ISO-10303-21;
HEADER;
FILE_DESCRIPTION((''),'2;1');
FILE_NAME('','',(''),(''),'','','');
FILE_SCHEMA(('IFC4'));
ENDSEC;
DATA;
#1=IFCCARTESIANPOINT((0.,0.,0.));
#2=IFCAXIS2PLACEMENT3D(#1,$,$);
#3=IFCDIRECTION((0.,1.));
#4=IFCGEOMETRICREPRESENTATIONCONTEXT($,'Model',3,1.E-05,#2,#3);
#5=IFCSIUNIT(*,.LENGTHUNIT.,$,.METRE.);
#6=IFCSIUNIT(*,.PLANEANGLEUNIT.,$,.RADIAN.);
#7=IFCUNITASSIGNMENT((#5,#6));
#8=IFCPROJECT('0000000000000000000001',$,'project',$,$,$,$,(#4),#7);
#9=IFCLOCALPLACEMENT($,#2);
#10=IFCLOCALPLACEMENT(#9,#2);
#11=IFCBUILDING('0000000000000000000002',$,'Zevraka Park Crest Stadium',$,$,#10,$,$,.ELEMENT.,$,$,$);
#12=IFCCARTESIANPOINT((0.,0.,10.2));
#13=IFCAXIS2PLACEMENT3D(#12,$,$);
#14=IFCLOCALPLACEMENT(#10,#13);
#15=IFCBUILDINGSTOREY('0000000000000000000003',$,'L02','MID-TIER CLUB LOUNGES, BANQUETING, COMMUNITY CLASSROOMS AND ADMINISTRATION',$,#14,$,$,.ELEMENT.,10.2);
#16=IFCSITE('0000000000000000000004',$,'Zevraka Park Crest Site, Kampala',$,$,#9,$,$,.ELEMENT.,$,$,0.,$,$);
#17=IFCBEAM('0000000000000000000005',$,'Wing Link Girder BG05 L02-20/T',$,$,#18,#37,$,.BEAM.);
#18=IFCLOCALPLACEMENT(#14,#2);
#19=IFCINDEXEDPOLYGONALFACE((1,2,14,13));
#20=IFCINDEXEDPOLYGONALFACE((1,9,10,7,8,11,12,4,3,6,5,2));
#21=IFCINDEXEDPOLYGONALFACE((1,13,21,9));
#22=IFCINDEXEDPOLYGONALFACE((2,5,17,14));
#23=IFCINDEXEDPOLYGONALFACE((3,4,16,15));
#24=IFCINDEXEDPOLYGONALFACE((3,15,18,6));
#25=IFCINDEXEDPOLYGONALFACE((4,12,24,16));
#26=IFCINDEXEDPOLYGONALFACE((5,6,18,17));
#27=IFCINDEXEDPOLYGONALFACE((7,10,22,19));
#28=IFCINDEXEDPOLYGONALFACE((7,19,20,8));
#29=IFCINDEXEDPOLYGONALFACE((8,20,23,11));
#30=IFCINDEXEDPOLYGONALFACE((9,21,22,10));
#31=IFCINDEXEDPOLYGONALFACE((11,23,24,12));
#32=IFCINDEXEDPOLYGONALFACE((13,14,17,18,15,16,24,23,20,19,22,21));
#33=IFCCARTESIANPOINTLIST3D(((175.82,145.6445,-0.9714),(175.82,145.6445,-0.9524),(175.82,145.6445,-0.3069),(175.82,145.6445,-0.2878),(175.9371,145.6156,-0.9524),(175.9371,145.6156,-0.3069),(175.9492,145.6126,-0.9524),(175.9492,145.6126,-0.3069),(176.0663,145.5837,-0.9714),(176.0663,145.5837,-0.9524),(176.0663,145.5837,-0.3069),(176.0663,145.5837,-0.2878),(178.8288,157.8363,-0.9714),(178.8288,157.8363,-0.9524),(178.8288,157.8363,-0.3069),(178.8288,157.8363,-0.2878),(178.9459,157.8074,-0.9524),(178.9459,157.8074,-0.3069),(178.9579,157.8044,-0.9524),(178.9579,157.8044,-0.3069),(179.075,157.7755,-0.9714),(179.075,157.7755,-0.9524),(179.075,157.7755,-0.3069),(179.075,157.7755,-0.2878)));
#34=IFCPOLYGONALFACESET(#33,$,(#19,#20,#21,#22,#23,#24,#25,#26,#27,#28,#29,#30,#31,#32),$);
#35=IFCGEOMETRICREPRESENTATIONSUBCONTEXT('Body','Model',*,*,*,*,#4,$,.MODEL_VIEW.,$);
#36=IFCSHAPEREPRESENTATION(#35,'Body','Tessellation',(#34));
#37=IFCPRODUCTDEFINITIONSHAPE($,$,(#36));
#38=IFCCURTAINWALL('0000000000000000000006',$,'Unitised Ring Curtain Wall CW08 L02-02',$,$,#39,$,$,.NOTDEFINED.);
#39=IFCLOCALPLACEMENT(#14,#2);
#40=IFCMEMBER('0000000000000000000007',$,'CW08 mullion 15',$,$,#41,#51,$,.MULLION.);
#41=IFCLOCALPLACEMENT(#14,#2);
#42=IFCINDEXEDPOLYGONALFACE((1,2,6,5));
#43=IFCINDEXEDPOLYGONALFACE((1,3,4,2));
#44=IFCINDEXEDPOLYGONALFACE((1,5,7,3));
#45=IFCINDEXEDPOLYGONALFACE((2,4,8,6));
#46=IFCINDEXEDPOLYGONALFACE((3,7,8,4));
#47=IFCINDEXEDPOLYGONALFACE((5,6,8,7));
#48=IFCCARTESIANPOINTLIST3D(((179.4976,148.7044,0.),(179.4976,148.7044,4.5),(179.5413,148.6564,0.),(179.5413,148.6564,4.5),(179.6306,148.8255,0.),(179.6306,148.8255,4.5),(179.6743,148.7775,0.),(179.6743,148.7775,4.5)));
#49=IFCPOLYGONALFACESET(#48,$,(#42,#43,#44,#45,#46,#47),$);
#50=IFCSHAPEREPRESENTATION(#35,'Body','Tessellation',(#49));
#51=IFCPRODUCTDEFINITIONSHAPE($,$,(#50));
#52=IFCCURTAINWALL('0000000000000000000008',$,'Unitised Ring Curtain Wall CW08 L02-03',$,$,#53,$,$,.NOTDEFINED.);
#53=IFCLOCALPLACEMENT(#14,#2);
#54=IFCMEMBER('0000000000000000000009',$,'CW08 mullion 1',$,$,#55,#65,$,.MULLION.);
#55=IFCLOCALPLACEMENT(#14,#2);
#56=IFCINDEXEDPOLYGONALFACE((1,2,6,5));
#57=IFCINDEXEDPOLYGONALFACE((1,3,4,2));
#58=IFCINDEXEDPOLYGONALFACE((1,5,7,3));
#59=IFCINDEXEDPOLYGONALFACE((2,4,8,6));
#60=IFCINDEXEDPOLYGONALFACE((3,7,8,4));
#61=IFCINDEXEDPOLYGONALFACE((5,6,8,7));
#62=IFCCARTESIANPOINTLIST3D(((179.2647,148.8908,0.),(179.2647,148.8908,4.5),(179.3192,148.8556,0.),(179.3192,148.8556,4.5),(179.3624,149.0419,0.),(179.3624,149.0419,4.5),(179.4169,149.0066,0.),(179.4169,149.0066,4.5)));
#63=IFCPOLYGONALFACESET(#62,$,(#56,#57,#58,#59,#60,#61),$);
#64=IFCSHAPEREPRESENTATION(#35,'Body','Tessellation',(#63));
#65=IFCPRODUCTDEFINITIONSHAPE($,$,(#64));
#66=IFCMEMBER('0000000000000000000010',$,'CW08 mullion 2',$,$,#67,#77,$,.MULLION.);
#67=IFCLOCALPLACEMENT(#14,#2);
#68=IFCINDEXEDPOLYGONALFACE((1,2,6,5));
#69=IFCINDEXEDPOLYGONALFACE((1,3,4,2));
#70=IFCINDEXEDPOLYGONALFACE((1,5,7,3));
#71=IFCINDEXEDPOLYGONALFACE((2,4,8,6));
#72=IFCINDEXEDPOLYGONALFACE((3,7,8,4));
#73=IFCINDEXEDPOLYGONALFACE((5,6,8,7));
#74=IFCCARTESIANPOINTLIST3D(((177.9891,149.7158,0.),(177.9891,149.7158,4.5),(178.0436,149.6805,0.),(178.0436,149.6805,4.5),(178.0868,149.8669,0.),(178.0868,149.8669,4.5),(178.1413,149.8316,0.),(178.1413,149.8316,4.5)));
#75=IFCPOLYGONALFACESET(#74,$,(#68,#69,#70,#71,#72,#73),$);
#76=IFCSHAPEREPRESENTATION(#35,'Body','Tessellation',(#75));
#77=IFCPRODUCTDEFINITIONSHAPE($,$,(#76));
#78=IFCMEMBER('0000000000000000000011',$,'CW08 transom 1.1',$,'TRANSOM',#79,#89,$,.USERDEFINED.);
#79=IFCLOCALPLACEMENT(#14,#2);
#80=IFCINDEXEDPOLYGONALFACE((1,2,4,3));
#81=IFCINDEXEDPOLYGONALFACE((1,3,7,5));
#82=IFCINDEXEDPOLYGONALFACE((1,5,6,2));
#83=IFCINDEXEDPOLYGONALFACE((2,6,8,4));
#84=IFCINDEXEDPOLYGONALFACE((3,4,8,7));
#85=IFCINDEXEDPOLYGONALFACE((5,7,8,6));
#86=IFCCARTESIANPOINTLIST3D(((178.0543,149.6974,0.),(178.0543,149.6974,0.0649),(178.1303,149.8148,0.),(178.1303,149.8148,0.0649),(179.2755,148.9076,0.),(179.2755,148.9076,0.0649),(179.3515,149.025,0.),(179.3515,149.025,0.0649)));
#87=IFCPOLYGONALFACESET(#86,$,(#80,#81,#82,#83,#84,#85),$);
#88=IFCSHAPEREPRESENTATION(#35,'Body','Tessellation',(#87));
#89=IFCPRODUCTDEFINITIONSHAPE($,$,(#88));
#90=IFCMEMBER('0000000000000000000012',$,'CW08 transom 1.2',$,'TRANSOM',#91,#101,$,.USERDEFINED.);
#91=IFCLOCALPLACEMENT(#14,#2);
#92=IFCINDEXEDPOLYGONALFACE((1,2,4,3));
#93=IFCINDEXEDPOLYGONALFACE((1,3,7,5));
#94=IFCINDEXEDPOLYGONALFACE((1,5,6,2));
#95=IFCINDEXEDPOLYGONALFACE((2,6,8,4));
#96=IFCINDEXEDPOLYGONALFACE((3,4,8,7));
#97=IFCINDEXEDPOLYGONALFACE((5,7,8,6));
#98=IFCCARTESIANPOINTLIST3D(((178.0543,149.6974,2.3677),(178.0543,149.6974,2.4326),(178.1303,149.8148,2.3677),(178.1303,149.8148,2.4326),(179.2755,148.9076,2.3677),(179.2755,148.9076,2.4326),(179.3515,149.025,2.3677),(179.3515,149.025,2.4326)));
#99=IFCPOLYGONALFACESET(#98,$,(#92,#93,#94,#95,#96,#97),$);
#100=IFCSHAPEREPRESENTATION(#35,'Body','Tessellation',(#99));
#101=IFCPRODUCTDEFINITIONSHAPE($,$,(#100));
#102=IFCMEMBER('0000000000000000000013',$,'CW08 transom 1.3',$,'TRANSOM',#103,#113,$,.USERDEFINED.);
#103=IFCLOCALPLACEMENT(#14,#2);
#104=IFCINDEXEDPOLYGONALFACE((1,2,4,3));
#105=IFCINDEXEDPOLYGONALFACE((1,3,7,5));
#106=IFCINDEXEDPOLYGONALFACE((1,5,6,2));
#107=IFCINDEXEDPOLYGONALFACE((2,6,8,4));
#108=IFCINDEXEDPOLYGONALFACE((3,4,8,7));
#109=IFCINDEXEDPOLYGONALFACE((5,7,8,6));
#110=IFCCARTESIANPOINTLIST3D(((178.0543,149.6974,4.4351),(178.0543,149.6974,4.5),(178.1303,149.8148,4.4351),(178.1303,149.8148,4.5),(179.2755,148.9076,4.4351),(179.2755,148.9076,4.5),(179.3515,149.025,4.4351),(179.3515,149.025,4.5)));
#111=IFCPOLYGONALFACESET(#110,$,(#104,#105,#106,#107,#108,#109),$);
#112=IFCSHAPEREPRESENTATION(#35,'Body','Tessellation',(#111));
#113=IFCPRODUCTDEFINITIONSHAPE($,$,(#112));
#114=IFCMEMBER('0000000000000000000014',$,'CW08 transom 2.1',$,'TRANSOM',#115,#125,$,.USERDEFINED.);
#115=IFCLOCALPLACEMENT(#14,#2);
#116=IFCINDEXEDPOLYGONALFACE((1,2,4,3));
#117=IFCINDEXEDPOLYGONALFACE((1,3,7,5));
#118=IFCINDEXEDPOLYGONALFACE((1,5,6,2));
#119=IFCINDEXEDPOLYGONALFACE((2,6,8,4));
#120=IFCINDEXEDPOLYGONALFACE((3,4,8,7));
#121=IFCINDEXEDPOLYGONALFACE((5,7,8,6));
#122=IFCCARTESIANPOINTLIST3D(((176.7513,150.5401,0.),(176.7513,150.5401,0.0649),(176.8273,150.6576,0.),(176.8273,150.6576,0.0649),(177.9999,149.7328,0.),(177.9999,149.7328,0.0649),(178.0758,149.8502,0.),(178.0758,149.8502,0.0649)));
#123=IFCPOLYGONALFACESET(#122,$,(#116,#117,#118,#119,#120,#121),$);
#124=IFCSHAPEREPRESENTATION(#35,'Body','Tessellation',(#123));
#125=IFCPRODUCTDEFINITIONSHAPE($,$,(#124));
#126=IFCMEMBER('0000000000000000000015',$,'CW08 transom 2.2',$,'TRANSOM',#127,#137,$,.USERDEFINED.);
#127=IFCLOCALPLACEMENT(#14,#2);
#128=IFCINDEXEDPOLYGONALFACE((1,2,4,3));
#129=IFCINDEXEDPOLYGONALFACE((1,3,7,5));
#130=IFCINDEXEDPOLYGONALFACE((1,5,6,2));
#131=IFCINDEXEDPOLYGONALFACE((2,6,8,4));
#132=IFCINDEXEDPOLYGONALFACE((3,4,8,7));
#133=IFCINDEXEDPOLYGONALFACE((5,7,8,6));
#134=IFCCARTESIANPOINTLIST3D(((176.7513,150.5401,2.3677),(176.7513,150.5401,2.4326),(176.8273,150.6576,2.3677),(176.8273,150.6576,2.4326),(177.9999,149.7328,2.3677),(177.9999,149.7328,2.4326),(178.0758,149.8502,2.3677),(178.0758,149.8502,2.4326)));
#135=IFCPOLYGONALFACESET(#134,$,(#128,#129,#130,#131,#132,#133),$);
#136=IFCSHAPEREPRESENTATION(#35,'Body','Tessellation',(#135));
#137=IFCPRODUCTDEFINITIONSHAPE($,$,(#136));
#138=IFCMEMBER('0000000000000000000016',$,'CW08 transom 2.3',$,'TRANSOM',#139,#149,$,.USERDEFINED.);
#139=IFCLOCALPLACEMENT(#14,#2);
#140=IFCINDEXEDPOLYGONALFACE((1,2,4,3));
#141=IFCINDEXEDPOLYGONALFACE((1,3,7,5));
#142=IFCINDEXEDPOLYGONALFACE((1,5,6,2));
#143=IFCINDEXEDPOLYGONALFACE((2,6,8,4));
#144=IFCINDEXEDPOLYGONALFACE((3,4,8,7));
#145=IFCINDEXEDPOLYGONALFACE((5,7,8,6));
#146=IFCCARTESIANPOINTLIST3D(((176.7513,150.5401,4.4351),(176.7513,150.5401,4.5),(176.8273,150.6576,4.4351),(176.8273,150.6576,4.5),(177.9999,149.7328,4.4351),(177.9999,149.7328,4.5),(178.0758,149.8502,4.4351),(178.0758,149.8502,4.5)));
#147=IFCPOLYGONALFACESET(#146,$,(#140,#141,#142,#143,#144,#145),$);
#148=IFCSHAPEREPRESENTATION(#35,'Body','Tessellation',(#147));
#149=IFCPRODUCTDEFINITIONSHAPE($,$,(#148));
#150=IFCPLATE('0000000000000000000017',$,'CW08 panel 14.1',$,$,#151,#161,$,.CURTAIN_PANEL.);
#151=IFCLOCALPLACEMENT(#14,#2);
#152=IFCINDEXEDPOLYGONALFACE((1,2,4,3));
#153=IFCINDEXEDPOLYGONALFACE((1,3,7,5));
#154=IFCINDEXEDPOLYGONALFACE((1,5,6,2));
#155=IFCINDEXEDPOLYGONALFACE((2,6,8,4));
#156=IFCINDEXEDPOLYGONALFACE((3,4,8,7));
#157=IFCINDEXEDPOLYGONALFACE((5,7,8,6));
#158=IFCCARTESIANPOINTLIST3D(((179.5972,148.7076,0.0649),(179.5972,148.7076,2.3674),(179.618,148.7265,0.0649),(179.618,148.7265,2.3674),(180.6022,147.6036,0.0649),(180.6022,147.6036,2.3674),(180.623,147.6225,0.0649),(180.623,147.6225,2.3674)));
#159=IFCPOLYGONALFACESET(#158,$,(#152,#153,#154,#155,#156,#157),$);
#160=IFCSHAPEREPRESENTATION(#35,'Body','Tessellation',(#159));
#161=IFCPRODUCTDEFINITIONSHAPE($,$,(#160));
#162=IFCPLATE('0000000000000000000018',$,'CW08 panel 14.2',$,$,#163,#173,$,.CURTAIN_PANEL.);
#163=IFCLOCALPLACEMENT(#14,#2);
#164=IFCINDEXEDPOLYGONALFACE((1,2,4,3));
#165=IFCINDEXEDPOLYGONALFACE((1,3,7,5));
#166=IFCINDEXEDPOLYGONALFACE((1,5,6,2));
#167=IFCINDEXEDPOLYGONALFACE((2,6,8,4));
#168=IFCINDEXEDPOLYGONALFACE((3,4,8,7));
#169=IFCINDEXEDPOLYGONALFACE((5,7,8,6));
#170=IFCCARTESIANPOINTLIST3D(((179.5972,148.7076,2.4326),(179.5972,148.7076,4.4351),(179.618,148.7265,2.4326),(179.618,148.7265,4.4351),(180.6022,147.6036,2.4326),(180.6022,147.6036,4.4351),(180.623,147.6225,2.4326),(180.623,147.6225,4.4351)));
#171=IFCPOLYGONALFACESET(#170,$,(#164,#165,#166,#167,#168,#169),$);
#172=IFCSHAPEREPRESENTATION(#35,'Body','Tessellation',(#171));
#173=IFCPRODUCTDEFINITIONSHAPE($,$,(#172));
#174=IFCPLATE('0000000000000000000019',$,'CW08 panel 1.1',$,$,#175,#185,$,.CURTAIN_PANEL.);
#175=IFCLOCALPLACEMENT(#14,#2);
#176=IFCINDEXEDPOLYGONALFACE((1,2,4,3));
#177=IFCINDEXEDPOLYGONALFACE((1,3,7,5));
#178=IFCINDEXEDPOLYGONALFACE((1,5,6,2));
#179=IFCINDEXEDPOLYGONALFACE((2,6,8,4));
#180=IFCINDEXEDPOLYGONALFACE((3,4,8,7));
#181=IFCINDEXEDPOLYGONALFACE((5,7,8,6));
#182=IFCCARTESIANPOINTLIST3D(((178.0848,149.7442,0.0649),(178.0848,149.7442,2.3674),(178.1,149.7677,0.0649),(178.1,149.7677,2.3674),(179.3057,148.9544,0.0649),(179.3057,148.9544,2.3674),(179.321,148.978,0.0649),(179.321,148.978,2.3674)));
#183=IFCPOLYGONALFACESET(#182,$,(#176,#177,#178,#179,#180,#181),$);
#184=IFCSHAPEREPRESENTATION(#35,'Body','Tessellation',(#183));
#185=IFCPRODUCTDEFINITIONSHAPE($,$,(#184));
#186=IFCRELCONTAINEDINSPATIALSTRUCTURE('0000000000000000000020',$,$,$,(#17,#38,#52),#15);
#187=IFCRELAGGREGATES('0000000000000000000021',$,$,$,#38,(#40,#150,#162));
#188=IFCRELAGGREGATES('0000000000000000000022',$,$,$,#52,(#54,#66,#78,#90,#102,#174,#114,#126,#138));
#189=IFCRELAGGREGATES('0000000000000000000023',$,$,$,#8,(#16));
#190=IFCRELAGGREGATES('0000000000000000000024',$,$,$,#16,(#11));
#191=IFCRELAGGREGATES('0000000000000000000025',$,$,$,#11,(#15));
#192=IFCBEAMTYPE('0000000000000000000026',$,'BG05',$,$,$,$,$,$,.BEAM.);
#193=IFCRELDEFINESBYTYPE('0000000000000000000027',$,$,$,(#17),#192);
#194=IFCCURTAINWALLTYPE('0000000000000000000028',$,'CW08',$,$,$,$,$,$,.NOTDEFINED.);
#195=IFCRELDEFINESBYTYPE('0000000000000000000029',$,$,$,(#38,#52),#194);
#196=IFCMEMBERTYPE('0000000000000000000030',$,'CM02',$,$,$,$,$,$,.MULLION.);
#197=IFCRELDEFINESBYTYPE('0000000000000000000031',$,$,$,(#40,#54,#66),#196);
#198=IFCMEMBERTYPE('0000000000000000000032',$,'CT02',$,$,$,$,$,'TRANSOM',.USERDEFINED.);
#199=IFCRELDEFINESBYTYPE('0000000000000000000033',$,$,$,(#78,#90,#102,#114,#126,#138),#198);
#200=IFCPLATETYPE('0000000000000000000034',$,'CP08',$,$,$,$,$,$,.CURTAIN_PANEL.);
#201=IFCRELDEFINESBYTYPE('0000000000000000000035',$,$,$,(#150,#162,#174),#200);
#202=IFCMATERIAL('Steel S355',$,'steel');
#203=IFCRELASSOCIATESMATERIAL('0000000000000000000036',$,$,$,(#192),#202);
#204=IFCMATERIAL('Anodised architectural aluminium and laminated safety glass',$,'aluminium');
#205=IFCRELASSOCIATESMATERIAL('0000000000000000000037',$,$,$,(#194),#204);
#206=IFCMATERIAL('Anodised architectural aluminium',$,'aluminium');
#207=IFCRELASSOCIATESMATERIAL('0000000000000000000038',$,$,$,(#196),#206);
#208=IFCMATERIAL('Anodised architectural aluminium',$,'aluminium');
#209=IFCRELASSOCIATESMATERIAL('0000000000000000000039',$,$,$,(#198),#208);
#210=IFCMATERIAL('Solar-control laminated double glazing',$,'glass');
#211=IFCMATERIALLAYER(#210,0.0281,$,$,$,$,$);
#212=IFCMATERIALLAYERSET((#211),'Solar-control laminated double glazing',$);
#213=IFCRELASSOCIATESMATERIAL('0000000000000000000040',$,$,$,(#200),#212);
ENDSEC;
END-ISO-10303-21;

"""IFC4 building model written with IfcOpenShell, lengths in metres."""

from ifc_helpers import new_model, si_unit, direction, frame, origin, origin_2d, place, context, subcontext, project, spatial, rectangle, i_section, extrude, material, layer, layer_set, material_profile, profile_set, type_object, element, aggregate, save


model = new_model("IFC4")

# Units and contexts
model_context = context("Model", 3, precision=1e-05, world=origin(), true_north=direction((0.0, 1.0)))
body_context = subcontext(model_context, "Body", "Model", "MODEL_VIEW")
ifc_project = project(units=[si_unit("LENGTHUNIT", "METRE"), si_unit("PLANEANGLEUNIT", "RADIAN")], contexts=[model_context])

# Site, building, storey
site_placement = place(None, origin())
site = spatial("IfcSite", under=ifc_project, at=site_placement, Name="Zevraka Park Crest Site, Kampala", CompositionType="ELEMENT", RefElevation=0.0)
building_placement = place(site_placement, origin())
building = spatial("IfcBuilding", under=site, at=building_placement, Name="Zevraka Park Crest Stadium", CompositionType="ELEMENT")
storey_placement = place(building_placement, frame((0.0, 0.0, 10.2)))
storey = spatial("IfcBuildingStorey", under=building, at=storey_placement, Name="L02", Description="MID-TIER CLUB LOUNGES, BANQUETING, COMMUNITY CLASSROOMS AND ADMINISTRATION", CompositionType="ELEMENT", Elevation=10.2)

# Beam
ifc_material_1 = material(Name="Steel S355", Category="steel")
ifc_material_profile_1 = material_profile(ifc_material_1, i_section(OverallWidth=0.2537, OverallDepth=0.6836, WebThickness=0.0125, FlangeThickness=0.019, at=origin_2d()), Name="UKB 686x254x140")
ifc_profile_set_1 = profile_set([ifc_material_profile_1], Name="Steel S355")
beam_type = type_object("IfcBeamType", Name="BG05", PredefinedType="BEAM", material=ifc_profile_set_1)
beam_placement = place(storey_placement, frame((178.9519, 157.8059, -0.6296), z_axis=(-0.239598, -0.970872, 0.0), x_axis=(0.970872, -0.239598, 0.0)))
element("IfcBeam", 1, at=beam_placement, inside=storey, type_object=beam_type, Name="Wing Link Girder BG05 L02-20/T", PredefinedType="BEAM", context=body_context, shape_type="SweptSolid", body=[
    extrude(i_section(OverallWidth=0.2537, OverallDepth=0.6836, WebThickness=0.0125, FlangeThickness=0.019, at=origin_2d()), origin(), (0.0, 0.0, 1.0), 12.5576),
])

# Curtain wall, member
ifc_material_2 = material(Name="Anodised architectural aluminium and laminated safety glass", Category="aluminium")
curtain_wall_type = type_object("IfcCurtainWallType", Name="CW08", PredefinedType="NOTDEFINED", material=ifc_material_2)
curtain_wall_1_placement = place(storey_placement, origin())
curtain_wall_1 = element("IfcCurtainWall", 2, at=curtain_wall_1_placement, inside=storey, type_object=curtain_wall_type, Name="Unitised Ring Curtain Wall CW08 L02-02", PredefinedType="NOTDEFINED")
ifc_material_3 = material(Name="Anodised architectural aluminium", Category="aluminium")
ifc_material_profile_2 = material_profile(ifc_material_3, rectangle(XDim=0.1799, YDim=0.0649, at=origin_2d()), Name="ALU MULLION 180x65")
ifc_profile_set_2 = profile_set([ifc_material_profile_2], Name="Anodised architectural aluminium")
member_type_1 = type_object("IfcMemberType", Name="CM02", PredefinedType="MULLION", material=ifc_profile_set_2)
member_1_placement = place(storey_placement, frame((179.5859, 148.741, 0.0), z_axis=(0.0, 0.0, 1.0), x_axis=(-0.739497, -0.67316, 0.0)))
member_1 = element("IfcMember", 3, at=member_1_placement, type_object=member_type_1, Name="CW08 mullion 15", PredefinedType="MULLION", context=body_context, shape_type="SweptSolid", body=[
    extrude(rectangle(XDim=0.1799, YDim=0.0649, at=origin_2d()), origin(), (0.0, 0.0, 1.0), 4.5),
])

# Curtain wall, members
curtain_wall_2_placement = place(storey_placement, origin())
curtain_wall_2 = element("IfcCurtainWall", 4, at=curtain_wall_2_placement, inside=storey, type_object=curtain_wall_type, Name="Unitised Ring Curtain Wall CW08 L02-03", PredefinedType="NOTDEFINED")
member_2_placement = place(storey_placement, frame((179.3408, 148.9487, 0.0), z_axis=(0.0, 0.0, 1.0), x_axis=(-0.543096, -0.83967, 0.0)))
member_2 = element("IfcMember", 5, at=member_2_placement, type_object=member_type_1, Name="CW08 mullion 1", PredefinedType="MULLION", context=body_context, shape_type="SweptSolid", body=[
    extrude(rectangle(XDim=0.1799, YDim=0.0649, at=origin_2d()), origin(), (0.0, 0.0, 1.0), 4.5),
])
member_3_placement = place(storey_placement, frame((178.0652, 149.7737, 0.0), z_axis=(0.0, 0.0, 1.0), x_axis=(-0.543096, -0.83967, 0.0)))
member_3 = element("IfcMember", 6, at=member_3_placement, type_object=member_type_1, Name="CW08 mullion 2", PredefinedType="MULLION", context=body_context, shape_type="SweptSolid", body=[
    extrude(rectangle(XDim=0.1799, YDim=0.0649, at=origin_2d()), origin(), (0.0, 0.0, 1.0), 4.5),
])
ifc_material_4 = material(Name="Anodised architectural aluminium", Category="aluminium")
ifc_material_profile_3 = material_profile(ifc_material_4, rectangle(XDim=0.1399, YDim=0.0649, at=origin_2d()), Name="ALU TRANSOM 140x65")
ifc_profile_set_3 = profile_set([ifc_material_profile_3], Name="Anodised architectural aluminium")
member_type_2 = type_object("IfcMemberType", Name="CT02", ElementType="TRANSOM", PredefinedType="USERDEFINED", material=ifc_profile_set_3)
member_4_placement = place(storey_placement, frame((179.3135, 148.9663, 0.0325), z_axis=(-0.839692, 0.543063, 0.0), x_axis=(-0.543063, -0.839692, 0.0)))
member_4 = element("IfcMember", 7, at=member_4_placement, type_object=member_type_2, Name="CW08 transom 1.1", ObjectType="TRANSOM", PredefinedType="USERDEFINED", context=body_context, shape_type="SweptSolid", body=[
    extrude(rectangle(XDim=0.1399, YDim=0.0649, at=origin_2d()), origin(), (0.0, 0.0, 1.0), 1.4543),
])
member_5_placement = place(storey_placement, frame((179.3135, 148.9663, 2.4001), z_axis=(-0.839692, 0.543063, 0.0), x_axis=(-0.543063, -0.839692, 0.0)))
member_5 = element("IfcMember", 8, at=member_5_placement, type_object=member_type_2, Name="CW08 transom 1.2", ObjectType="TRANSOM", PredefinedType="USERDEFINED", context=body_context, shape_type="SweptSolid", body=[
    extrude(rectangle(XDim=0.1399, YDim=0.0649, at=origin_2d()), origin(), (0.0, 0.0, 1.0), 1.4543),
])
member_6_placement = place(storey_placement, frame((179.3135, 148.9663, 4.4675), z_axis=(-0.839692, 0.543063, 0.0), x_axis=(-0.543063, -0.839692, 0.0)))
member_6 = element("IfcMember", 9, at=member_6_placement, type_object=member_type_2, Name="CW08 transom 1.3", ObjectType="TRANSOM", PredefinedType="USERDEFINED", context=body_context, shape_type="SweptSolid", body=[
    extrude(rectangle(XDim=0.1399, YDim=0.0649, at=origin_2d()), origin(), (0.0, 0.0, 1.0), 1.4543),
])
member_7_placement = place(storey_placement, frame((178.0378, 149.7915, 0.0325), z_axis=(-0.839724, 0.543013, 0.0), x_axis=(-0.543013, -0.839724, 0.0)))
member_7 = element("IfcMember", 10, at=member_7_placement, type_object=member_type_2, Name="CW08 transom 2.1", ObjectType="TRANSOM", PredefinedType="USERDEFINED", context=body_context, shape_type="SweptSolid", body=[
    extrude(rectangle(XDim=0.1399, YDim=0.0649, at=origin_2d()), origin(), (0.0, 0.0, 1.0), 1.4868),
])
member_8_placement = place(storey_placement, frame((178.0378, 149.7915, 2.4001), z_axis=(-0.839724, 0.543013, 0.0), x_axis=(-0.543013, -0.839724, 0.0)))
member_8 = element("IfcMember", 11, at=member_8_placement, type_object=member_type_2, Name="CW08 transom 2.2", ObjectType="TRANSOM", PredefinedType="USERDEFINED", context=body_context, shape_type="SweptSolid", body=[
    extrude(rectangle(XDim=0.1399, YDim=0.0649, at=origin_2d()), origin(), (0.0, 0.0, 1.0), 1.4868),
])
member_9_placement = place(storey_placement, frame((178.0378, 149.7915, 4.4675), z_axis=(-0.839724, 0.543013, 0.0), x_axis=(-0.543013, -0.839724, 0.0)))
member_9 = element("IfcMember", 12, at=member_9_placement, type_object=member_type_2, Name="CW08 transom 2.3", ObjectType="TRANSOM", PredefinedType="USERDEFINED", context=body_context, shape_type="SweptSolid", body=[
    extrude(rectangle(XDim=0.1399, YDim=0.0649, at=origin_2d()), origin(), (0.0, 0.0, 1.0), 1.4868),
])

# Plates
ifc_material_5 = material(Name="Solar-control laminated double glazing", Category="glass")
ifc_layer_1 = layer(ifc_material_5, 0.0281)
ifc_layer_set_1 = layer_set([ifc_layer_1], Name="Solar-control laminated double glazing")
plate_type = type_object("IfcPlateType", Name="CP08", PredefinedType="CURTAIN_PANEL", material=ifc_layer_set_1)
plate_1_placement = place(storey_placement, frame((180.1101, 148.165, 0.0649), z_axis=(0.0, 0.0, 1.0), x_axis=(-0.67316, 0.739497, 0.0)))
plate_1 = element("IfcPlate", 13, at=plate_1_placement, type_object=plate_type, Name="CW08 panel 14.1", PredefinedType="CURTAIN_PANEL", context=body_context, shape_type="SweptSolid", body=[
    extrude(rectangle(XDim=1.4929, YDim=0.0281, at=origin_2d()), origin(), (0.0, 0.0, 1.0), 2.3025),
])
plate_2_placement = place(storey_placement, frame((180.1101, 148.165, 2.4326), z_axis=(0.0, 0.0, 1.0), x_axis=(-0.67316, 0.739497, 0.0)))
plate_2 = element("IfcPlate", 14, at=plate_2_placement, type_object=plate_type, Name="CW08 panel 14.2", PredefinedType="CURTAIN_PANEL", context=body_context, shape_type="SweptSolid", body=[
    extrude(rectangle(XDim=1.4929, YDim=0.0281, at=origin_2d()), origin(), (0.0, 0.0, 1.0), 2.0024),
])
aggregate(curtain_wall_1, [member_1, plate_1, plate_2])
plate_3_placement = place(storey_placement, frame((178.7029, 149.3611, 0.0649), z_axis=(0.0, 0.0, 1.0), x_axis=(-0.83967, 0.543096, 0.0)))
plate_3 = element("IfcPlate", 15, at=plate_3_placement, type_object=plate_type, Name="CW08 panel 1.1", PredefinedType="CURTAIN_PANEL", context=body_context, shape_type="SweptSolid", body=[
    extrude(rectangle(XDim=1.4541, YDim=0.0281, at=origin_2d()), origin(), (0.0, 0.0, 1.0), 2.3025),
])
aggregate(curtain_wall_2, [member_2, member_3, member_4, member_5, member_6, plate_3, member_7, member_8, member_9])

save(model, "model.ifc")
